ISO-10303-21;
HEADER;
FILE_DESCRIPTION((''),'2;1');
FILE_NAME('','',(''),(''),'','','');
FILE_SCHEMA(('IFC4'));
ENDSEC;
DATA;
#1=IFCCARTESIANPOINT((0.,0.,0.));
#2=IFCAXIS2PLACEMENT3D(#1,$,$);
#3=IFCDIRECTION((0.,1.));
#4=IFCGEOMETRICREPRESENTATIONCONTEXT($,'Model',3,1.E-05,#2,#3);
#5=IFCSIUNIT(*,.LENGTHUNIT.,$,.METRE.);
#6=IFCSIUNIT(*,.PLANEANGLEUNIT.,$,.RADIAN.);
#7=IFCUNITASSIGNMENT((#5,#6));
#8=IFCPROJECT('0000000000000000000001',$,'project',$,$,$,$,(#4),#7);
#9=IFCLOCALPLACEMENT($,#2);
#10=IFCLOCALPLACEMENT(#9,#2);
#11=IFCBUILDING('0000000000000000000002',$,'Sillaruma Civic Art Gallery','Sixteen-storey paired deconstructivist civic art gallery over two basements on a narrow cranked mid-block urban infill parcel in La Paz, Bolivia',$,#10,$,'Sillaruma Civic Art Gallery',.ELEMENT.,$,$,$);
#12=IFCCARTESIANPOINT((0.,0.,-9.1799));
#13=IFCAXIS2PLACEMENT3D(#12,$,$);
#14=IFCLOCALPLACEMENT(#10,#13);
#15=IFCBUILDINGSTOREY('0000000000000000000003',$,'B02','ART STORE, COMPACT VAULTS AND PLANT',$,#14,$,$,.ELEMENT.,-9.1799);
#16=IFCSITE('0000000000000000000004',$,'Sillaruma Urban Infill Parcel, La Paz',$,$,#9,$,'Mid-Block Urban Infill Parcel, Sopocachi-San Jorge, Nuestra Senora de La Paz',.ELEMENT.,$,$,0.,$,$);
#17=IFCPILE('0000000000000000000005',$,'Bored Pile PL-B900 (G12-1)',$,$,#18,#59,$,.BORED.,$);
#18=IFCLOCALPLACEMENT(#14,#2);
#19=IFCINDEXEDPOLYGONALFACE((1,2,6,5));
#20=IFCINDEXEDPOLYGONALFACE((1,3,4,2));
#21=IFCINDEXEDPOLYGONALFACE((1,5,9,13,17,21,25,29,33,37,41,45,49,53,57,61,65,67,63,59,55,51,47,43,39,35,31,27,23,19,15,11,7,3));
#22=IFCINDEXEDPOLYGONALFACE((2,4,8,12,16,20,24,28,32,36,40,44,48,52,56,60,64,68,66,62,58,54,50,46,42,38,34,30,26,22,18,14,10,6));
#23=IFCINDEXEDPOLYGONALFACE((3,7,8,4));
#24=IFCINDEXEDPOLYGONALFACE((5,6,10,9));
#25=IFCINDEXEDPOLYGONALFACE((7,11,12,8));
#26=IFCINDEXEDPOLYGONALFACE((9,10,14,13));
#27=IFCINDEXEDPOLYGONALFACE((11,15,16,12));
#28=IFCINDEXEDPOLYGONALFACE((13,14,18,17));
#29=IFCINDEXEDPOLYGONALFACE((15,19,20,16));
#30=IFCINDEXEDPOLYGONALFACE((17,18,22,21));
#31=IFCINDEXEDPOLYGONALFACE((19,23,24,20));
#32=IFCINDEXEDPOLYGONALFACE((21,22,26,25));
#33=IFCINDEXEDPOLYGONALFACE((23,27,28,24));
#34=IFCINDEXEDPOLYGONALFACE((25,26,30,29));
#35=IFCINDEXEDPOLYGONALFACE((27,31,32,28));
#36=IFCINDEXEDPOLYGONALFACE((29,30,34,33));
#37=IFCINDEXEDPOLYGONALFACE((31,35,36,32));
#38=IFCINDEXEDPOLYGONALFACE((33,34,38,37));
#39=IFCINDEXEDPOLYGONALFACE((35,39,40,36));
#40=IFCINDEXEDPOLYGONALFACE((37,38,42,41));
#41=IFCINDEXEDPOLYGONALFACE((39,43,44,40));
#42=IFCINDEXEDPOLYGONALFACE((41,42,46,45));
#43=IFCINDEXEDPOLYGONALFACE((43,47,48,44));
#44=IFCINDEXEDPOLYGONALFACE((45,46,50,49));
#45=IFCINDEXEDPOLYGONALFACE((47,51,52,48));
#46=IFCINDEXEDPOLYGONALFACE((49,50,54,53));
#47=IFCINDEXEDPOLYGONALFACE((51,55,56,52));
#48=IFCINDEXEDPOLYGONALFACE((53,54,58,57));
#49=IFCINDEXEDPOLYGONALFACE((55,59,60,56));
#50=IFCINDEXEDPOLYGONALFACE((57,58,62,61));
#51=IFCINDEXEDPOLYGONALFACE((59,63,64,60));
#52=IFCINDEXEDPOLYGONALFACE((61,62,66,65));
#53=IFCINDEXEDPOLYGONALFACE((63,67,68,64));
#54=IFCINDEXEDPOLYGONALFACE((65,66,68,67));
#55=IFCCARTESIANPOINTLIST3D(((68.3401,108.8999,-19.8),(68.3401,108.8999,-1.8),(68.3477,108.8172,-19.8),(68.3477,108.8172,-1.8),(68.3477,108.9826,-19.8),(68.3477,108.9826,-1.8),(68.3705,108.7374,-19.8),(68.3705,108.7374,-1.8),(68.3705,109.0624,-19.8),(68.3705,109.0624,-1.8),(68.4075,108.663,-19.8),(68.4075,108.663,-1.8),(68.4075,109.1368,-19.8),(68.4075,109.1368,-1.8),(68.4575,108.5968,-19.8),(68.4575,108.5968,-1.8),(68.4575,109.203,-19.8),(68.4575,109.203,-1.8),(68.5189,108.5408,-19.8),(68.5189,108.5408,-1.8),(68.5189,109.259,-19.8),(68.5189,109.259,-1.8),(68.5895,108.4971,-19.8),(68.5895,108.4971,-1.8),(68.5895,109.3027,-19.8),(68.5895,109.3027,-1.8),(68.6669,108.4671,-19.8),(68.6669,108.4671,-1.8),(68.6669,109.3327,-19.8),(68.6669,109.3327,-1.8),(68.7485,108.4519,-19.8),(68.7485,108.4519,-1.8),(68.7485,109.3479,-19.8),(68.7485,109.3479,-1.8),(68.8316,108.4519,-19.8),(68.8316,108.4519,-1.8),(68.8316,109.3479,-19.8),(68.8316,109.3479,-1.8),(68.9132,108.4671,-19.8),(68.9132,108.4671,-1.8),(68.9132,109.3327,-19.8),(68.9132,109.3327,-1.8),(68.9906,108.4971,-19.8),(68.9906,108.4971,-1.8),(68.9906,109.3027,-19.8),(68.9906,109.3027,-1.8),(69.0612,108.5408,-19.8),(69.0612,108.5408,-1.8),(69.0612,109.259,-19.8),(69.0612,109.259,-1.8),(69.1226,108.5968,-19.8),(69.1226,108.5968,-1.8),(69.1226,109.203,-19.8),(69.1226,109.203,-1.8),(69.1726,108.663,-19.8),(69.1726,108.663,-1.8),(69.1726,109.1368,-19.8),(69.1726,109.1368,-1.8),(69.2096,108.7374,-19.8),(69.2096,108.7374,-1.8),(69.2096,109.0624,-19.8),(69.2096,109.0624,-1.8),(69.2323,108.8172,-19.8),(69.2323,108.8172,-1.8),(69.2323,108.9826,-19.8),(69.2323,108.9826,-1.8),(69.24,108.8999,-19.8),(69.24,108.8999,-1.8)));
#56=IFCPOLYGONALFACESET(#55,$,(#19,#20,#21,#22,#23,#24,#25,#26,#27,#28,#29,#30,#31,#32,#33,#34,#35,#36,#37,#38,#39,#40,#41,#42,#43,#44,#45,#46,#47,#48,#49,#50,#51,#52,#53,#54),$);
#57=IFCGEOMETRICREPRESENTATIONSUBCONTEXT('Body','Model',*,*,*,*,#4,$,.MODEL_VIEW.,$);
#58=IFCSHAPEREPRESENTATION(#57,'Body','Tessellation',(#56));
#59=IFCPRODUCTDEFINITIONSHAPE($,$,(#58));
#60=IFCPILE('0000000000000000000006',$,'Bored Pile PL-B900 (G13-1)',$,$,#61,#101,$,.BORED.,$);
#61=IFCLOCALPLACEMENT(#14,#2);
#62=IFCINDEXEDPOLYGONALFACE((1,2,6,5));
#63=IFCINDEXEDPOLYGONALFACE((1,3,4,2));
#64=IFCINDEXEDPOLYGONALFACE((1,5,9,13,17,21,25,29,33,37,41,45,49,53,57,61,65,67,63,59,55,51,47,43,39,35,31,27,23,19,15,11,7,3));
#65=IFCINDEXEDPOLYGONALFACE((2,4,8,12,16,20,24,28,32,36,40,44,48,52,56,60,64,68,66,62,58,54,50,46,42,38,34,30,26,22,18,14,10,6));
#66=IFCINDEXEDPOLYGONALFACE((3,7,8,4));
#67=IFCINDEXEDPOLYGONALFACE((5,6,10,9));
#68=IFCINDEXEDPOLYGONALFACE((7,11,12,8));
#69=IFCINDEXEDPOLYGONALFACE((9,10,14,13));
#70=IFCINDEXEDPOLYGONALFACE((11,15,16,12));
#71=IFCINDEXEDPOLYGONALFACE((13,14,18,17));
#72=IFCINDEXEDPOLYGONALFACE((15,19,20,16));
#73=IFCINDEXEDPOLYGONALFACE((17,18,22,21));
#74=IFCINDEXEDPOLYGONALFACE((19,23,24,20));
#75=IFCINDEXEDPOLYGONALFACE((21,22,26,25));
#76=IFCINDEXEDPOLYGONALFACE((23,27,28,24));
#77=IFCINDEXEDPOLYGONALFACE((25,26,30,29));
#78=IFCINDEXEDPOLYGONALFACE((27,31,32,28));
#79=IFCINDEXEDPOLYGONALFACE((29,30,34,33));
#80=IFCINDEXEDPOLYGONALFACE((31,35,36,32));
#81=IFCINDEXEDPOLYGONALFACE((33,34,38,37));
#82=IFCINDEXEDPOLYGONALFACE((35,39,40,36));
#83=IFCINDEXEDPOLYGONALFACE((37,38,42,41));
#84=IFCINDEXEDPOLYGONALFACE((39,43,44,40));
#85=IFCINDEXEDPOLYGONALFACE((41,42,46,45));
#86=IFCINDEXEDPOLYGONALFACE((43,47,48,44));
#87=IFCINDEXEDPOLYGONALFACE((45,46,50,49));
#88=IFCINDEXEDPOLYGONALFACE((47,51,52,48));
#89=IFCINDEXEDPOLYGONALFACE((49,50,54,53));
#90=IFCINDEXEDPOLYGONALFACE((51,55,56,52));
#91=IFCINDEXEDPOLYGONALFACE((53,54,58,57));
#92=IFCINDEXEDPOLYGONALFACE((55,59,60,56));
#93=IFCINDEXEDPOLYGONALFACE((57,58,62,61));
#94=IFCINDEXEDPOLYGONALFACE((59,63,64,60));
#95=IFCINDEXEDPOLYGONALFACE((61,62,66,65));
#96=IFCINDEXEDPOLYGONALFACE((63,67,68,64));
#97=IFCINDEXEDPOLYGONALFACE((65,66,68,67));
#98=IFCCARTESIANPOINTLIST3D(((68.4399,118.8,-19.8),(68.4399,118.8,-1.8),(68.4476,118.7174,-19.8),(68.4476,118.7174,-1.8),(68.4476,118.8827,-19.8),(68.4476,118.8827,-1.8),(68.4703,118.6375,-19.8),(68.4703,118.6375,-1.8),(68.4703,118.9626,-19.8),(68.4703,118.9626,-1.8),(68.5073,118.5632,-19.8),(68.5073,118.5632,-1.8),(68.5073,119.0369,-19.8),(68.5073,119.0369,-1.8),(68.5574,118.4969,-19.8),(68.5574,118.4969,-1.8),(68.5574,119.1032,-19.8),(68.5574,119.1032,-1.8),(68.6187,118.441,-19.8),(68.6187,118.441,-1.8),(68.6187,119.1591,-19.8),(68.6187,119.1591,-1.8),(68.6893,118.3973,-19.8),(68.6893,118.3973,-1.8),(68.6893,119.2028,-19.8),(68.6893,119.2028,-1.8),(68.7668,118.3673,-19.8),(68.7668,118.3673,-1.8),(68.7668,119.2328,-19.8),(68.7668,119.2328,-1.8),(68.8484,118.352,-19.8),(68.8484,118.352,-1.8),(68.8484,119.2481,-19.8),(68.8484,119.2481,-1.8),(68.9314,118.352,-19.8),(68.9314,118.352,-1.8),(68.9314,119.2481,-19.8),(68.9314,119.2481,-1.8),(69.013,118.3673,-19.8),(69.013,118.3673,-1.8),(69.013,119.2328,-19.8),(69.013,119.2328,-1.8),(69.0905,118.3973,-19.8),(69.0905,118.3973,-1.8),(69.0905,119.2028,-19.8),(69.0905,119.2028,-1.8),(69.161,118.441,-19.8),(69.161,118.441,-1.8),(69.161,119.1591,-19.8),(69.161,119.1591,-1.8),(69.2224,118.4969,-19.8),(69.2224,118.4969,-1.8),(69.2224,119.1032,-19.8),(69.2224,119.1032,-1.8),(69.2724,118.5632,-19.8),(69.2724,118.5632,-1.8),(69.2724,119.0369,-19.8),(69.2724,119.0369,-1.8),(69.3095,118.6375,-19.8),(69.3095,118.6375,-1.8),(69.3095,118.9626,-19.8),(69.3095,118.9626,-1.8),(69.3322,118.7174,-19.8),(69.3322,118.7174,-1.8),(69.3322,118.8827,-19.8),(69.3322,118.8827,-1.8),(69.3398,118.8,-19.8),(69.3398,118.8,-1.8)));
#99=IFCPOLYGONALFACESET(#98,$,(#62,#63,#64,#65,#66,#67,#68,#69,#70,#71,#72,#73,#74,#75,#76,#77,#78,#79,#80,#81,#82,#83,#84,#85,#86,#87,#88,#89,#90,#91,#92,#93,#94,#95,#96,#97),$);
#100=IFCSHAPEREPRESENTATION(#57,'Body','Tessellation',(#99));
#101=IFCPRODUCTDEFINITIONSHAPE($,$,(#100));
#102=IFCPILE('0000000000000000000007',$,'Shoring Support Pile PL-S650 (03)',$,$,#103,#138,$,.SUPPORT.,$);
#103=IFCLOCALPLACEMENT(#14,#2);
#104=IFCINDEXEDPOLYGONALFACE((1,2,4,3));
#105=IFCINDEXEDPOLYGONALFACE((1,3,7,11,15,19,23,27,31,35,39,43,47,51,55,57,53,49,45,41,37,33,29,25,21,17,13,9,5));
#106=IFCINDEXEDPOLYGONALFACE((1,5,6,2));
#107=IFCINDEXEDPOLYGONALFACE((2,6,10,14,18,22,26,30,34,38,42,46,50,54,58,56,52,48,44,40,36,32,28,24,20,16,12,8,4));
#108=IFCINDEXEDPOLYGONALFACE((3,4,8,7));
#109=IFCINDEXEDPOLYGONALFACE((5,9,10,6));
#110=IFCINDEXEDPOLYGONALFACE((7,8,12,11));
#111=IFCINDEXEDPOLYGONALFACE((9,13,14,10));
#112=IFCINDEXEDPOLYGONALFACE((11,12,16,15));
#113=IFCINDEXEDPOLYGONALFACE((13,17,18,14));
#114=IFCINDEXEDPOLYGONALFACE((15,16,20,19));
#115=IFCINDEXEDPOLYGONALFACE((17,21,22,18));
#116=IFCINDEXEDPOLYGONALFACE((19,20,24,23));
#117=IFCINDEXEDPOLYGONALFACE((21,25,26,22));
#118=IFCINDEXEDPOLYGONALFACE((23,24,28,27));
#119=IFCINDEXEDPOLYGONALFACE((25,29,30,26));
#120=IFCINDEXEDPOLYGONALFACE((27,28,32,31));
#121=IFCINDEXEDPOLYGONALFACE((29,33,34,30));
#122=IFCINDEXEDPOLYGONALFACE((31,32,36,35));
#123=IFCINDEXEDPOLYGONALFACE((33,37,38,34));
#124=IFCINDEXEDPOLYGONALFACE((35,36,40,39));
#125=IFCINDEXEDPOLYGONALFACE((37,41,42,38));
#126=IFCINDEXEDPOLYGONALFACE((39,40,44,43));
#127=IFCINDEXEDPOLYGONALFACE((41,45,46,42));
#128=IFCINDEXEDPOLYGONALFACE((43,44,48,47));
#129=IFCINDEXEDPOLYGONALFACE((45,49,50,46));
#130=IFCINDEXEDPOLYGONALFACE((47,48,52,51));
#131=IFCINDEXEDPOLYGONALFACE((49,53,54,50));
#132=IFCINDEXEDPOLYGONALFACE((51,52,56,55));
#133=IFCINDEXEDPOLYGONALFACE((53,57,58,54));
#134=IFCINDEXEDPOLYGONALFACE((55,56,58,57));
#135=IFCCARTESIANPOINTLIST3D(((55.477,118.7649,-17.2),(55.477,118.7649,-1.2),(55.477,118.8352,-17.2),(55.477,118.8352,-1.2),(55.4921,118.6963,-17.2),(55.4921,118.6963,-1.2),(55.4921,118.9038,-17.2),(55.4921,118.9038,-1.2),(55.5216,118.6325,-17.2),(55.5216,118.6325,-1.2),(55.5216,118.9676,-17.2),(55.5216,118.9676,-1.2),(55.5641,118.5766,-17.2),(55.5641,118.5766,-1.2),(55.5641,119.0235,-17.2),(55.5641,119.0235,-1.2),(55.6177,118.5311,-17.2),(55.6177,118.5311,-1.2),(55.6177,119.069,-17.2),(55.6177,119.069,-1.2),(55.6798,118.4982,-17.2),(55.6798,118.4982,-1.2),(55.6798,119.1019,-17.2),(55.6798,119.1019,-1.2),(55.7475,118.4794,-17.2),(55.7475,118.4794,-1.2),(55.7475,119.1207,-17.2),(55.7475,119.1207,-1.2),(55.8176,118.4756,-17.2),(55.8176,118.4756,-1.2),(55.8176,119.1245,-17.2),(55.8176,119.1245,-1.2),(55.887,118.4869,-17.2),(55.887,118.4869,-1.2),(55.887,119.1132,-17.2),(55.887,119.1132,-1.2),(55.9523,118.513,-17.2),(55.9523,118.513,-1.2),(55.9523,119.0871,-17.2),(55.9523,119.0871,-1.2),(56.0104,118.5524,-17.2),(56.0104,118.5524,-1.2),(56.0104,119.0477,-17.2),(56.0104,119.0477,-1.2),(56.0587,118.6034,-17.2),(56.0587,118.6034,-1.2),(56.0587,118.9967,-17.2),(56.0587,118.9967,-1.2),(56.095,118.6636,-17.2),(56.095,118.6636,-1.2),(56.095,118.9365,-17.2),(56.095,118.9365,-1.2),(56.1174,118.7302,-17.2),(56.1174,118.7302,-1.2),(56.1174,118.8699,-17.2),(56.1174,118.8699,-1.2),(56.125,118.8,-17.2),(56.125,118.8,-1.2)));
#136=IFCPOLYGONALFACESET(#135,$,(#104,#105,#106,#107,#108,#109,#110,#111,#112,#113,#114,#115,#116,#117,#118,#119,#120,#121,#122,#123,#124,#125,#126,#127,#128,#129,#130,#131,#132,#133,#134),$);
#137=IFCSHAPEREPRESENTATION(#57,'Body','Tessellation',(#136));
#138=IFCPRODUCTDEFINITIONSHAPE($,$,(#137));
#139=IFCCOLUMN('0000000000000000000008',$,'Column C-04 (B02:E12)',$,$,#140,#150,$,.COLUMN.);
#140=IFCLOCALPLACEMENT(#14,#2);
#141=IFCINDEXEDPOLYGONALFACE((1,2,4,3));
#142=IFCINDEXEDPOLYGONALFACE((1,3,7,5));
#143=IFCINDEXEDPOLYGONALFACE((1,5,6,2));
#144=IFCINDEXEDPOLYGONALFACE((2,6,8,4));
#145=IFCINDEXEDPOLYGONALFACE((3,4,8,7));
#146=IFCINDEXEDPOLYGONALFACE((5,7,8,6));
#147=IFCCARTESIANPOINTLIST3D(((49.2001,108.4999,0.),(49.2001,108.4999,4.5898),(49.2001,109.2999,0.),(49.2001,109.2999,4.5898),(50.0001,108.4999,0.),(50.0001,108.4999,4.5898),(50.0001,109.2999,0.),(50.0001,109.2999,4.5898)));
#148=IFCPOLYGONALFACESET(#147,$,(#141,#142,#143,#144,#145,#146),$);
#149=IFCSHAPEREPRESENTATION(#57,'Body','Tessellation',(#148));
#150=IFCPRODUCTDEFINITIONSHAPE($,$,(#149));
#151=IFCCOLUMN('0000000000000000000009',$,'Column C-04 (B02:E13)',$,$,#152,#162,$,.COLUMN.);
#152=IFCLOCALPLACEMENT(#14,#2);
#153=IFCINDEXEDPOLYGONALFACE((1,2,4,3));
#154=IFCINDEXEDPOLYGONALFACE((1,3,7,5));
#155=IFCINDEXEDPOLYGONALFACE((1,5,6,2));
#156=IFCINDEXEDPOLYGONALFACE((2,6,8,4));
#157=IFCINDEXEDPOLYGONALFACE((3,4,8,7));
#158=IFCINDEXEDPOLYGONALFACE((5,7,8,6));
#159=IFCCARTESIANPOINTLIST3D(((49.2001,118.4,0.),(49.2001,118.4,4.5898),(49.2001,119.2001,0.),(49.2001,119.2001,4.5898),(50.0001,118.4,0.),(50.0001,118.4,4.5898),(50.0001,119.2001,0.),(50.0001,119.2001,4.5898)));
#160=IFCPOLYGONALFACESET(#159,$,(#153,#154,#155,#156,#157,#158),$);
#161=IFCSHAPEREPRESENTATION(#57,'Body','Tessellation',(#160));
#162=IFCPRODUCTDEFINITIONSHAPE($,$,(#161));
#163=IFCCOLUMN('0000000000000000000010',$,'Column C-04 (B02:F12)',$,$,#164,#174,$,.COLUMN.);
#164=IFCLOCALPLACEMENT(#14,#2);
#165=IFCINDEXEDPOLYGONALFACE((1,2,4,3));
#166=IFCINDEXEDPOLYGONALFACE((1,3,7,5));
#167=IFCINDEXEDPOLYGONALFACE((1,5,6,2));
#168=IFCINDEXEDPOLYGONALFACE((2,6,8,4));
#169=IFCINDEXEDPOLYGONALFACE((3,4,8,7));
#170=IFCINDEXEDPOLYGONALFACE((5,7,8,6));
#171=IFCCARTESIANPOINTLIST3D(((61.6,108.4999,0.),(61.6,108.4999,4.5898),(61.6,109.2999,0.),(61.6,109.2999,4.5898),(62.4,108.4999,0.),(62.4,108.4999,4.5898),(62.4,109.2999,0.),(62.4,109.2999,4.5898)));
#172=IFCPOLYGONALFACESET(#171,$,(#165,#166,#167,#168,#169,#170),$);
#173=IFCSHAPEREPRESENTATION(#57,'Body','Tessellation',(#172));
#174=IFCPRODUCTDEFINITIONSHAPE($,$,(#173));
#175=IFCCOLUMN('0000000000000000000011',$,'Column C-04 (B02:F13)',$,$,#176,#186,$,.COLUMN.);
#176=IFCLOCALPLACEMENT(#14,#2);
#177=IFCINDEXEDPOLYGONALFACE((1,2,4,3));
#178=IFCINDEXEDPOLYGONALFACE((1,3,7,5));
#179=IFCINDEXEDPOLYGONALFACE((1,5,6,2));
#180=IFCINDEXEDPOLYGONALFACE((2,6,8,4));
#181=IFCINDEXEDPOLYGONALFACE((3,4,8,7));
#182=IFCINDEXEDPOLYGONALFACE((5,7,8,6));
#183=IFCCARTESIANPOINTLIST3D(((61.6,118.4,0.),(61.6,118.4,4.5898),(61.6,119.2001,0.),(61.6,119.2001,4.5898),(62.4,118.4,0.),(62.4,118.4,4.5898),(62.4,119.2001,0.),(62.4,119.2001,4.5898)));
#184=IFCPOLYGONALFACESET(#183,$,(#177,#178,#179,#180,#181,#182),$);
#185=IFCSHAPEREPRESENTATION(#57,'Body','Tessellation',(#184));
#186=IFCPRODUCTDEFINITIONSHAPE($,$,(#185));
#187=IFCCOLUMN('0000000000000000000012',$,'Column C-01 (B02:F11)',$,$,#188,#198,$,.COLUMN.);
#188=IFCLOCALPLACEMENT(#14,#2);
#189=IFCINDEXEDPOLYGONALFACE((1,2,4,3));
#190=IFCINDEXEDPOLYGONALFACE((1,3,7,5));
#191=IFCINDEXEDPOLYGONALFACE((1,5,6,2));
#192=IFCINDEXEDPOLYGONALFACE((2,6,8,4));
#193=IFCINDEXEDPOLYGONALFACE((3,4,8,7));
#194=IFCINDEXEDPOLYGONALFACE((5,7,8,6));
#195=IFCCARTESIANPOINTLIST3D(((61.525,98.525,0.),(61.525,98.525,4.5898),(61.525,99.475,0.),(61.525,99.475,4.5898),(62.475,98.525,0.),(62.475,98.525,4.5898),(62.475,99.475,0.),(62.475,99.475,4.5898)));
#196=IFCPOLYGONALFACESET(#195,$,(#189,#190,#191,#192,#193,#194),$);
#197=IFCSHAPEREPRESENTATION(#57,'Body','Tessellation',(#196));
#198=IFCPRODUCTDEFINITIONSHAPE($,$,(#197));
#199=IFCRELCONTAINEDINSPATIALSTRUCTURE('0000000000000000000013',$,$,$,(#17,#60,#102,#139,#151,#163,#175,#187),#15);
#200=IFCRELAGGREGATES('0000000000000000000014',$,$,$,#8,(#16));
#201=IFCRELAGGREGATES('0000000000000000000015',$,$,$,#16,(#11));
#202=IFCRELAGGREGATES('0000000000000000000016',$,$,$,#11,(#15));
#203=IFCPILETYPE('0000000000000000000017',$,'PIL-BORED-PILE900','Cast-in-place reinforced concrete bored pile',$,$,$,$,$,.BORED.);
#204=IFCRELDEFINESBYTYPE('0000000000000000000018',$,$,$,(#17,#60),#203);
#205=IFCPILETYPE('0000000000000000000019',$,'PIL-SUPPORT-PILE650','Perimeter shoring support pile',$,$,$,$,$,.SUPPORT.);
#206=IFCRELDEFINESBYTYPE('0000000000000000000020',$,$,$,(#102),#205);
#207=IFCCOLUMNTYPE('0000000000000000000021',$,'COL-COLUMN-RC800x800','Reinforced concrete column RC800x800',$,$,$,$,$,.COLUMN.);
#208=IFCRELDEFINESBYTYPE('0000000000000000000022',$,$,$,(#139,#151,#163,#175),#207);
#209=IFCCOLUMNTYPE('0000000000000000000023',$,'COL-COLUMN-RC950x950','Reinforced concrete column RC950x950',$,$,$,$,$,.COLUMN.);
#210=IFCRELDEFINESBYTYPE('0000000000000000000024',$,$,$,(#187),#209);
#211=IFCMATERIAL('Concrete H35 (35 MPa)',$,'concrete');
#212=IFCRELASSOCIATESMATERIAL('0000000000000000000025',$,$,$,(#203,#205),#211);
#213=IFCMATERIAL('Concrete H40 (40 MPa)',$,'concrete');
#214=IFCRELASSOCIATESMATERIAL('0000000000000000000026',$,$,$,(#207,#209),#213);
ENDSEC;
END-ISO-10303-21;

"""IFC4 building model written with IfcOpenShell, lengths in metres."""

from ifc_helpers import new_model, si_unit, direction, frame, origin, origin_2d, place, context, subcontext, project, spatial, rectangle, circle, extrude, material, material_profile, profile_set, type_object, element, save


model = new_model("IFC4")

# Units and contexts
model_context = context("Model", 3, precision=1e-05, world=origin(), true_north=direction((0.0, 1.0)))
body_context = subcontext(model_context, "Body", "Model", "MODEL_VIEW")
ifc_project = project(units=[si_unit("LENGTHUNIT", "METRE"), si_unit("PLANEANGLEUNIT", "RADIAN")], contexts=[model_context])

# Site, building, storey
site_placement = place(None, origin())
site = spatial("IfcSite", under=ifc_project, at=site_placement, Name="Sillaruma Urban Infill Parcel, La Paz", LongName="Mid-Block Urban Infill Parcel, Sopocachi-San Jorge, Nuestra Senora de La Paz", CompositionType="ELEMENT", RefElevation=0.0)
building_placement = place(site_placement, origin())
building = spatial("IfcBuilding", under=site, at=building_placement, Name="Sillaruma Civic Art Gallery", Description="Sixteen-storey paired deconstructivist civic art gallery over two basements on a narrow cranked mid-block urban infill parcel in La Paz, Bolivia", LongName="Sillaruma Civic Art Gallery", CompositionType="ELEMENT")
storey_placement = place(building_placement, frame((0.0, 0.0, -9.1799)))
storey = spatial("IfcBuildingStorey", under=building, at=storey_placement, Name="B02", Description="ART STORE, COMPACT VAULTS AND PLANT", CompositionType="ELEMENT", Elevation=-9.1799)

# Shared definitions
ifc_material_1 = material(Name="Concrete H35 (35 MPa)", Category="concrete")

# Piles
ifc_material_profile_1 = material_profile(ifc_material_1, circle(Radius=0.45, at=origin_2d()), Name="PILE900")
ifc_profile_set_1 = profile_set([ifc_material_profile_1], Name="Concrete H35 (35 MPa)")
pile_type_1 = type_object("IfcPileType", Name="PIL-BORED-PILE900", Description="Cast-in-place reinforced concrete bored pile", PredefinedType="BORED", material=ifc_profile_set_1)
for number, where, z_axis, x_axis, name in (
    (1, (68.79, 108.8999, -1.8), (0.0, 0.0, -1.0), (1.0, 0.0, 0.0), "Bored Pile PL-B900 (G12-1)"),
    (2, (68.8899, 118.8, -1.8), (0.0, 0.0, -1.0), (1.0, 0.0, 0.0), "Bored Pile PL-B900 (G13-1)"),
):
    element("IfcPile", number, at=place(storey_placement, frame(where, z_axis=z_axis, x_axis=x_axis)), inside=storey, type_object=pile_type_1, Name=name, PredefinedType="BORED", context=body_context, shape_type="SweptSolid", body=[
        extrude(circle(Radius=0.45, at=origin_2d()), origin(), (0.0, 0.0, 1.0), 18.0),
    ])
ifc_material_profile_2 = material_profile(ifc_material_1, circle(Radius=0.325, at=origin_2d()), Name="PILE650")
ifc_profile_set_2 = profile_set([ifc_material_profile_2], Name="Concrete H35 (35 MPa)")
pile_type_2 = type_object("IfcPileType", Name="PIL-SUPPORT-PILE650", Description="Perimeter shoring support pile", PredefinedType="SUPPORT", material=ifc_profile_set_2)
pile_1_placement = place(storey_placement, frame((55.8, 118.8, -1.2), z_axis=(0.0, 0.0, -1.0), x_axis=(1.0, 0.0, 0.0)))
element("IfcPile", 3, at=pile_1_placement, inside=storey, type_object=pile_type_2, Name="Shoring Support Pile PL-S650 (03)", PredefinedType="SUPPORT", context=body_context, shape_type="SweptSolid", body=[
    extrude(circle(Radius=0.325, at=origin_2d()), origin(), (0.0, 0.0, 1.0), 16.0),
])

# Columns
ifc_material_2 = material(Name="Concrete H40 (40 MPa)", Category="concrete")
ifc_material_profile_3 = material_profile(ifc_material_2, rectangle(XDim=0.8, YDim=0.8, at=origin_2d()), Name="RC800x800")
ifc_profile_set_3 = profile_set([ifc_material_profile_3], Name="Concrete H40 (40 MPa)")
column_type_1 = type_object("IfcColumnType", Name="COL-COLUMN-RC800x800", Description="Reinforced concrete column RC800x800", PredefinedType="COLUMN", material=ifc_profile_set_3)
for number, where, z_axis, x_axis, name in (
    (4, (49.6001, 108.8999, 0.0), (0.0, 0.0, 1.0), (1.0, 0.0, 0.0), "Column C-04 (B02:E12)"),
    (5, (49.6001, 118.8, 0.0), (0.0, 0.0, 1.0), (1.0, 0.0, 0.0), "Column C-04 (B02:E13)"),
    (6, (62.0, 108.8999, 0.0), (0.0, 0.0, 1.0), (1.0, 0.0, 0.0), "Column C-04 (B02:F12)"),
    (7, (62.0, 118.8, 0.0), (0.0, 0.0, 1.0), (1.0, 0.0, 0.0), "Column C-04 (B02:F13)"),
):
    element("IfcColumn", number, at=place(storey_placement, frame(where, z_axis=z_axis, x_axis=x_axis)), inside=storey, type_object=column_type_1, Name=name, PredefinedType="COLUMN", context=body_context, shape_type="SweptSolid", body=[
        extrude(rectangle(XDim=0.8, YDim=0.8, at=origin_2d()), origin(), (0.0, 0.0, 1.0), 4.5898),
    ])
ifc_material_profile_4 = material_profile(ifc_material_2, rectangle(XDim=0.95, YDim=0.95, at=origin_2d()), Name="RC950x950")
ifc_profile_set_4 = profile_set([ifc_material_profile_4], Name="Concrete H40 (40 MPa)")
column_type_2 = type_object("IfcColumnType", Name="COL-COLUMN-RC950x950", Description="Reinforced concrete column RC950x950", PredefinedType="COLUMN", material=ifc_profile_set_4)
column_placement = place(storey_placement, frame((62.0, 99.0, 0.0), z_axis=(0.0, 0.0, 1.0), x_axis=(1.0, 0.0, 0.0)))
element("IfcColumn", 8, at=column_placement, inside=storey, type_object=column_type_2, Name="Column C-01 (B02:F11)", PredefinedType="COLUMN", context=body_context, shape_type="SweptSolid", body=[
    extrude(rectangle(XDim=0.95, YDim=0.95, at=origin_2d()), origin(), (0.0, 0.0, 1.0), 4.5898),
])

save(model, "model.ifc")
